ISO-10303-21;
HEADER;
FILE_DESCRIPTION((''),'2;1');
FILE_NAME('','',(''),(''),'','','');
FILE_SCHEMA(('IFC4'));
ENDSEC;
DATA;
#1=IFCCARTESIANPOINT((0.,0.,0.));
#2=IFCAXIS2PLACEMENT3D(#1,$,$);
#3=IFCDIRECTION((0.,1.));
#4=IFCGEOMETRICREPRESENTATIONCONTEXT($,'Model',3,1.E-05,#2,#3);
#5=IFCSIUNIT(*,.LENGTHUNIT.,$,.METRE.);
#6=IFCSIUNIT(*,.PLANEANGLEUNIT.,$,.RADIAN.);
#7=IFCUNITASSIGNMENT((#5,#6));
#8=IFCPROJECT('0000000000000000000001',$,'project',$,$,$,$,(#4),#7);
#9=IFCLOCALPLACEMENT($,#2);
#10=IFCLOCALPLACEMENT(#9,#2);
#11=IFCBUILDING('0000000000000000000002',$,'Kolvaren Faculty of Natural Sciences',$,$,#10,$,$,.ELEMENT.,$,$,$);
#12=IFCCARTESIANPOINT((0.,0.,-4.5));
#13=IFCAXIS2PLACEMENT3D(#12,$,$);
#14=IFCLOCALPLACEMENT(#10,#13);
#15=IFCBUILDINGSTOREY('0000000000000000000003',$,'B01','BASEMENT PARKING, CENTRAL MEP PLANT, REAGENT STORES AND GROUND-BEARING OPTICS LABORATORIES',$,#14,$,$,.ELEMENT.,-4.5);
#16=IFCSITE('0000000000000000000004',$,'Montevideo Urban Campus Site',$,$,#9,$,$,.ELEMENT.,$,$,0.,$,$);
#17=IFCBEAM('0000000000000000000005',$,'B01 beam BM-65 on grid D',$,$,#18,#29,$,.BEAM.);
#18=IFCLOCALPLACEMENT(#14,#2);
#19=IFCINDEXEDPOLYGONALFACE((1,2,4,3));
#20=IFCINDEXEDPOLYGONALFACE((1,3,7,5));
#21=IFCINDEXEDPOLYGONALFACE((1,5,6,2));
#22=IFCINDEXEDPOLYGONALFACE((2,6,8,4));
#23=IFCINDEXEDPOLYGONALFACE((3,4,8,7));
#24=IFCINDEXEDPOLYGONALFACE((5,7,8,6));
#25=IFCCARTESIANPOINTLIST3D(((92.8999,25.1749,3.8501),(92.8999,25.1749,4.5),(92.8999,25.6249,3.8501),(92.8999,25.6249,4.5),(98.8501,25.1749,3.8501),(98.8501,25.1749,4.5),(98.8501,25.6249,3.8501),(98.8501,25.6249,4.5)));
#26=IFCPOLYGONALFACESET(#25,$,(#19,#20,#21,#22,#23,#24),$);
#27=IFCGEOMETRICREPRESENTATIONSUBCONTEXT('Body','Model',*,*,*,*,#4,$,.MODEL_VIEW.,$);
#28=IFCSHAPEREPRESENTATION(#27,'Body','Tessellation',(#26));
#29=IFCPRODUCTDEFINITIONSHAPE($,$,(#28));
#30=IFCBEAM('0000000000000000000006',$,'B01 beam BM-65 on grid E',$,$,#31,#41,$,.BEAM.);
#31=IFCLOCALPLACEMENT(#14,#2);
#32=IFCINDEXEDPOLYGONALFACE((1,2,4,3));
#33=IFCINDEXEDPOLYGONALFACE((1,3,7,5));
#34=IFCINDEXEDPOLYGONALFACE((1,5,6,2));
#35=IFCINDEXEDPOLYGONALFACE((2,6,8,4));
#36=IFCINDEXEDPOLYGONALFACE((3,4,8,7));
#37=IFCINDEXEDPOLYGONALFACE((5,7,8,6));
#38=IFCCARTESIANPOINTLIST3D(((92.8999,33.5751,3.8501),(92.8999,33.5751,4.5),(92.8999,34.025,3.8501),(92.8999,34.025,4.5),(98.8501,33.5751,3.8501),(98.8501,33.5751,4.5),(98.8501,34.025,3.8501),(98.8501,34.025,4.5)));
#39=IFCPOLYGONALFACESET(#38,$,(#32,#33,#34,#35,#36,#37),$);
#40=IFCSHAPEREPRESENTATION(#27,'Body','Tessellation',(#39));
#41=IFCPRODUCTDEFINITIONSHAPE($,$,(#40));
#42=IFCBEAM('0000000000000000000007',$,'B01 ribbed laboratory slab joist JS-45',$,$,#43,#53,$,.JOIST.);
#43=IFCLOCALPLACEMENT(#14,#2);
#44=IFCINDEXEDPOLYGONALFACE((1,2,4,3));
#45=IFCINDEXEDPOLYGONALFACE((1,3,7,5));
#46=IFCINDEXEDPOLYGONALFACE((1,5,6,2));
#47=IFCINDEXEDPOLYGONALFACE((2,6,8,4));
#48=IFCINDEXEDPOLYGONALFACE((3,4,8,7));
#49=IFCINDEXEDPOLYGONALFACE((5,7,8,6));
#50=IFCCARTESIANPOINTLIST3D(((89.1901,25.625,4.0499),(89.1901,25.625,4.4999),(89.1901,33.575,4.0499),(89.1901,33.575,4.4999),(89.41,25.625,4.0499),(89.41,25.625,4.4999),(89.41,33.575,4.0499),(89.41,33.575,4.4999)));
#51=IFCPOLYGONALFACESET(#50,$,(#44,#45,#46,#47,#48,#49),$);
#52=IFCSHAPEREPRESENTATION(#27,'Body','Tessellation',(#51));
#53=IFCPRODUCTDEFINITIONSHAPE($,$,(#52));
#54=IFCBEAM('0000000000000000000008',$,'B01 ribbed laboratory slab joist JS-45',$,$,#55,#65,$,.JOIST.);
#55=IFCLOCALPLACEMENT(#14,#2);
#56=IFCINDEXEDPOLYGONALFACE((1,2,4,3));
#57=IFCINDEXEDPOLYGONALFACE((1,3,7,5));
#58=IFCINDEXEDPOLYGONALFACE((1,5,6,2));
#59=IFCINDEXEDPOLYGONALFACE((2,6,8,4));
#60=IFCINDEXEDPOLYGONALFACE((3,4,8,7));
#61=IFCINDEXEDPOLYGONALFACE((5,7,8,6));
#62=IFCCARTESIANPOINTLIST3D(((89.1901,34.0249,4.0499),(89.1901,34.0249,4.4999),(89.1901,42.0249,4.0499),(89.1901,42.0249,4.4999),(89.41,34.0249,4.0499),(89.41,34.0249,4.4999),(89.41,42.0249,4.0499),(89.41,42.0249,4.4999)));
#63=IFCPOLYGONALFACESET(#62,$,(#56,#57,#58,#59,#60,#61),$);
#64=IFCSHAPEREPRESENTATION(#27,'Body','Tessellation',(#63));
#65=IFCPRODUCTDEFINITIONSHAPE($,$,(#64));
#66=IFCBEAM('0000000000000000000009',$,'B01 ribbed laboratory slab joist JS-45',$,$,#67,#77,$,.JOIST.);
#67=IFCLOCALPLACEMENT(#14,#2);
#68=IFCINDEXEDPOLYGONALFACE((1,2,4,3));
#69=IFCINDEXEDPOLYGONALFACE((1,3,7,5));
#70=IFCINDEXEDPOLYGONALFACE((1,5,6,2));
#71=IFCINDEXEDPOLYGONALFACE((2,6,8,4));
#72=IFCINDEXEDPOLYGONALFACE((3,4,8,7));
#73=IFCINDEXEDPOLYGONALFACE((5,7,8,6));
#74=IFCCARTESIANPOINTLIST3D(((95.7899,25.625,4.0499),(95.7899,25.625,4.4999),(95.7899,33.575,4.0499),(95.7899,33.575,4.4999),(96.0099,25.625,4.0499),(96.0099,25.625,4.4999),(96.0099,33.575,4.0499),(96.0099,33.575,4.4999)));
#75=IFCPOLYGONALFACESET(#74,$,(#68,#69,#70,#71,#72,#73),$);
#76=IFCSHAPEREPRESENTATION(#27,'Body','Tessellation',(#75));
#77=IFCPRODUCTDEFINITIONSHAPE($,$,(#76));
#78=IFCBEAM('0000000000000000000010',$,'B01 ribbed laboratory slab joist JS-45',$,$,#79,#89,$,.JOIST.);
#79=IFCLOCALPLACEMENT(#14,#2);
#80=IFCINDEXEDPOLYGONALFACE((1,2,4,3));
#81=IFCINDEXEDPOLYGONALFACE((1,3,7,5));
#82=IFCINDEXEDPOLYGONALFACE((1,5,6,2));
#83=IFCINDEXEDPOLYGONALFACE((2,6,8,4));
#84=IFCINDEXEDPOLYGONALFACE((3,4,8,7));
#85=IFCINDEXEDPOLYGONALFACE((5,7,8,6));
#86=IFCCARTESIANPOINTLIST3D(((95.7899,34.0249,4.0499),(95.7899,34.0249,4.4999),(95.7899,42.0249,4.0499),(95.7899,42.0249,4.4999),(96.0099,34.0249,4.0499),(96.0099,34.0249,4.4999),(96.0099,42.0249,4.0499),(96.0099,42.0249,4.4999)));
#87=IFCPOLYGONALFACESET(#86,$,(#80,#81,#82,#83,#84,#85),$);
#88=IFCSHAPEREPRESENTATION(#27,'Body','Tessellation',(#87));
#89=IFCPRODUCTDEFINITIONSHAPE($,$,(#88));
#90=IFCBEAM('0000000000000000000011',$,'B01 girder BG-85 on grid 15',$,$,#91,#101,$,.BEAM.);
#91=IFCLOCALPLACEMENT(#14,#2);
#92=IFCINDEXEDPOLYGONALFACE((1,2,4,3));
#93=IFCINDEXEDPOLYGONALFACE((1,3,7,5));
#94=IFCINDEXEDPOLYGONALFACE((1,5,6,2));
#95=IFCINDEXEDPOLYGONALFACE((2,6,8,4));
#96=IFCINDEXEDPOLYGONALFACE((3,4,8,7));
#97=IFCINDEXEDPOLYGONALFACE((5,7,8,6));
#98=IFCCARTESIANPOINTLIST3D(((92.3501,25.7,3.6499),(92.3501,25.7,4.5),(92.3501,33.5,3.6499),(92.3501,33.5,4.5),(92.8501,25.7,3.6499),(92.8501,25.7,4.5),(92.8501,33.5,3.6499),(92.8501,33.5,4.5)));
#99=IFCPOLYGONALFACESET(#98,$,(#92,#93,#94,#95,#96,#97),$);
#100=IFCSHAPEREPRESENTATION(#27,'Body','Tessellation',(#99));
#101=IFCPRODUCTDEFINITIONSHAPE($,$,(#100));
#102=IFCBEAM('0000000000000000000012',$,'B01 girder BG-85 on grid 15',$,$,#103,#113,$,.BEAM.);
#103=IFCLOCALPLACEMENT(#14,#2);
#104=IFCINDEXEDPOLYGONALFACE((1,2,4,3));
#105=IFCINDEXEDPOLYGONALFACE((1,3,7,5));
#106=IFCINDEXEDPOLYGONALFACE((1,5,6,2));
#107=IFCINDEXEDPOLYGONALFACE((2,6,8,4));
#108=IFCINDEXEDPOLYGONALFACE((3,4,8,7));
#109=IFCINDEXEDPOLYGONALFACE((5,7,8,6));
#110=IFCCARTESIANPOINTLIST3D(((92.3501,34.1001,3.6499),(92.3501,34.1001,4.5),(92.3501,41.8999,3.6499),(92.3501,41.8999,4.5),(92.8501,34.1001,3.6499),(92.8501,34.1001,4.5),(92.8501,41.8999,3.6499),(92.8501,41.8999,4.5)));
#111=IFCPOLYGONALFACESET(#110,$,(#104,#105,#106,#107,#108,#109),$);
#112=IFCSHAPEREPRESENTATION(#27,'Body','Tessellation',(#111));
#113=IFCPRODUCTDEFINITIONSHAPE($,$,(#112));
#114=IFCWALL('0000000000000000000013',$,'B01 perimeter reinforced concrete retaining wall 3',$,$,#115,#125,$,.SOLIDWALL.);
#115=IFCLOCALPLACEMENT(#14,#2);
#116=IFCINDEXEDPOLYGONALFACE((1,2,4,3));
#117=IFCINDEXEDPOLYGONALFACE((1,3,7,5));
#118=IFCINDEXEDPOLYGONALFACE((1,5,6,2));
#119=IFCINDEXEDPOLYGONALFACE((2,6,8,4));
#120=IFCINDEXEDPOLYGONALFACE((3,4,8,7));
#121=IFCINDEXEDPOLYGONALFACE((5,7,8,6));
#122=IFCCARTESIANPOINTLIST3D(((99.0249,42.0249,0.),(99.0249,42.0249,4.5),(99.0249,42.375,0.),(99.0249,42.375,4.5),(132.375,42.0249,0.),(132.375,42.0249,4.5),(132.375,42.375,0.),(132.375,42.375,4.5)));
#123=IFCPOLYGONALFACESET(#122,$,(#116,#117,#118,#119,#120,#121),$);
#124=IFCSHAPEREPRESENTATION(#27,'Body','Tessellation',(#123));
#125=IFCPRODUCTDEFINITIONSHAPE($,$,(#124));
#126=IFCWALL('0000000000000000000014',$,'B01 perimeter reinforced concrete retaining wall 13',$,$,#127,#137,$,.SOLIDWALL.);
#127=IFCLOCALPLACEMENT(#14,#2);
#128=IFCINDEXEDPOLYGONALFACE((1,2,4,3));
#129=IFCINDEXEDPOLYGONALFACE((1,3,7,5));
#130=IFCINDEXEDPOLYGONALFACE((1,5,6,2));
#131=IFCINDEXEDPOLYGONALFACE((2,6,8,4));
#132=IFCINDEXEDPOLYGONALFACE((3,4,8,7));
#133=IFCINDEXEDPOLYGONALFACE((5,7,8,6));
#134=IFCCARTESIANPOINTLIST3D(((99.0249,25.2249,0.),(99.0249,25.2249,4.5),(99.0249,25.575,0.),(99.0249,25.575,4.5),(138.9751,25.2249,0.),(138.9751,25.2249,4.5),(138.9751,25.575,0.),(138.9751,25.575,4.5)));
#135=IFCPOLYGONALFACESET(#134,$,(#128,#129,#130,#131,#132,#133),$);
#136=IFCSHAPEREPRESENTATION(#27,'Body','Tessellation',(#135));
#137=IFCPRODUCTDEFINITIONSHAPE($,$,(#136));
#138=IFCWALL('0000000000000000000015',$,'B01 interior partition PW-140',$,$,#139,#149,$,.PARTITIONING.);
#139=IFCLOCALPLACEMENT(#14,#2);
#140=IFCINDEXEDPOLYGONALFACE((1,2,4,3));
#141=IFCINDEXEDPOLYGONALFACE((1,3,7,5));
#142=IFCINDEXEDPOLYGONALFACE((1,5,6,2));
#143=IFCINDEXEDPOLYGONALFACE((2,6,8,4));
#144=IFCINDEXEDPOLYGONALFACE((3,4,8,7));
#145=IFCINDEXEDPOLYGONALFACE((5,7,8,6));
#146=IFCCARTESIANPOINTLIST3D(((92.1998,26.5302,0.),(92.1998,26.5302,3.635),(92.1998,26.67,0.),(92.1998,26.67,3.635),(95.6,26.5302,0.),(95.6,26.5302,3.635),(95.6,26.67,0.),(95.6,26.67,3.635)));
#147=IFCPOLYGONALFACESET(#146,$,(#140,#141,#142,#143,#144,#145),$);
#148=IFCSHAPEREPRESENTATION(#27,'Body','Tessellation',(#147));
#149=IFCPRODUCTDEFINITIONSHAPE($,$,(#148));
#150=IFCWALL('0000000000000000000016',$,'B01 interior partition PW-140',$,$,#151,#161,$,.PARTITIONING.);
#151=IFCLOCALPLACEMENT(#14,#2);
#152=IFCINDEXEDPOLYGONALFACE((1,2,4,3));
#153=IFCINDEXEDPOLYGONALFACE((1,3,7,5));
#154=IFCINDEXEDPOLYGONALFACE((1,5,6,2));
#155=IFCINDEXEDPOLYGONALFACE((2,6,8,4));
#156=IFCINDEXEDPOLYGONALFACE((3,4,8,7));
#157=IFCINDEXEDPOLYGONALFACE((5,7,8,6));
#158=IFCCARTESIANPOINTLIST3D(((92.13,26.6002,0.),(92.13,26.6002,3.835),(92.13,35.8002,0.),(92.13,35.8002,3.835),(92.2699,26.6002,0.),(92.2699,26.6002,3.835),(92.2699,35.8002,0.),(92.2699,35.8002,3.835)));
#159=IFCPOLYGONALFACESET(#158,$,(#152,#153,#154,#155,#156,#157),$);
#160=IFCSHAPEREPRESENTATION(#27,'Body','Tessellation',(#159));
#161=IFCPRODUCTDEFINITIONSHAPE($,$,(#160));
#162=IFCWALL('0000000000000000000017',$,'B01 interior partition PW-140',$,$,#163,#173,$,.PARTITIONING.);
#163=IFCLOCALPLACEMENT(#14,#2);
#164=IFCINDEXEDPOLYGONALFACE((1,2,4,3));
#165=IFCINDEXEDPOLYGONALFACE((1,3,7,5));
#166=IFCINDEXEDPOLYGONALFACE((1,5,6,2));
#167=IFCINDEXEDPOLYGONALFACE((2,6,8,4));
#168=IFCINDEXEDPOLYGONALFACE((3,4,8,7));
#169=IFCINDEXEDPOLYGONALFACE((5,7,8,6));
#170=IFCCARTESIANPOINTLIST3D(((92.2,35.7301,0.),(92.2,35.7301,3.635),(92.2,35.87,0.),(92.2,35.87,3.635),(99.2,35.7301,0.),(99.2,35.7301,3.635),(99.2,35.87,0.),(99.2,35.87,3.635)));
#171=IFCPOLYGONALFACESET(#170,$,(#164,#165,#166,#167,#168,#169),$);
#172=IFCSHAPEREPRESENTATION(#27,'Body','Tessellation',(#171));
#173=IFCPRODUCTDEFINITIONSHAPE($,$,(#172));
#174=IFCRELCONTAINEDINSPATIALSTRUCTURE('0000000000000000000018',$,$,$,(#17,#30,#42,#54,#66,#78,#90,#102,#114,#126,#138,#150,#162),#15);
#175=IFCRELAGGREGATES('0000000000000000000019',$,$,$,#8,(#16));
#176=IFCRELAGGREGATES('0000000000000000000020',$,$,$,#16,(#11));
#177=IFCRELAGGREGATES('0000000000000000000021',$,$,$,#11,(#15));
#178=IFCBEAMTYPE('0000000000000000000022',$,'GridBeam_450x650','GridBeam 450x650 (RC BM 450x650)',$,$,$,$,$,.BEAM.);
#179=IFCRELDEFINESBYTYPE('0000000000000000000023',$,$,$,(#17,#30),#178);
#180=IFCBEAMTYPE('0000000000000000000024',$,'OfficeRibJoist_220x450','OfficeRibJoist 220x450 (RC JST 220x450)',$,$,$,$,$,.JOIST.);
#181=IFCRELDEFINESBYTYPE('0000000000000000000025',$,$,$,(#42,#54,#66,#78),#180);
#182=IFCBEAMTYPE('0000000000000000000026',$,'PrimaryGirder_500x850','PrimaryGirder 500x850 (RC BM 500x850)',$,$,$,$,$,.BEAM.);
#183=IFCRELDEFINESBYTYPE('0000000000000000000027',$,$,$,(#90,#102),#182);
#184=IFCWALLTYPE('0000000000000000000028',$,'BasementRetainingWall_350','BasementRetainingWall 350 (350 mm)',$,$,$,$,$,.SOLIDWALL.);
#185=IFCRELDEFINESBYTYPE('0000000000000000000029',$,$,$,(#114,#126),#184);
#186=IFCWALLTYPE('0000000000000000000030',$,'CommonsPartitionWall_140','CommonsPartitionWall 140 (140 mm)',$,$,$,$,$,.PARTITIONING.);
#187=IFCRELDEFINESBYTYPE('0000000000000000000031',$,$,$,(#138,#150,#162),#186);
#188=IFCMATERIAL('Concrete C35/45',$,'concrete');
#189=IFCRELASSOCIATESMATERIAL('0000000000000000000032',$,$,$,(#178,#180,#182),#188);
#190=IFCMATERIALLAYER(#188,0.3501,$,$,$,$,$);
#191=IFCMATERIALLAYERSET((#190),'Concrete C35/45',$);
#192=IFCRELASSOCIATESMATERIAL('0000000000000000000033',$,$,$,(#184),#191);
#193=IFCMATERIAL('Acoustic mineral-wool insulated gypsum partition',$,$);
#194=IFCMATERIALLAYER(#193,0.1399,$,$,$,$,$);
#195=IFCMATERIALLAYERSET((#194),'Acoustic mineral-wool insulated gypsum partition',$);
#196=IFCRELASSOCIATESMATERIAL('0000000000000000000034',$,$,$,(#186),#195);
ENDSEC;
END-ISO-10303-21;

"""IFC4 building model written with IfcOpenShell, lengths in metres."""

from ifc_helpers import new_model, si_unit, direction, frame, frame_2d, origin, origin_2d, place, context, subcontext, project, spatial, rectangle, extrude, material, layer, layer_set, material_profile, profile_set, type_object, element, save


model = new_model("IFC4")

# Units and contexts
model_context = context("Model", 3, precision=1e-05, world=origin(), true_north=direction((0.0, 1.0)))
body_context = subcontext(model_context, "Body", "Model", "MODEL_VIEW")
ifc_project = project(units=[si_unit("LENGTHUNIT", "METRE"), si_unit("PLANEANGLEUNIT", "RADIAN")], contexts=[model_context])

# Site, building, storey
site_placement = place(None, origin())
site = spatial("IfcSite", under=ifc_project, at=site_placement, Name="Montevideo Urban Campus Site", CompositionType="ELEMENT", RefElevation=0.0)
building_placement = place(site_placement, origin())
building = spatial("IfcBuilding", under=site, at=building_placement, Name="Kolvaren Faculty of Natural Sciences", CompositionType="ELEMENT")
storey_placement = place(building_placement, frame((0.0, 0.0, -4.5)))
storey = spatial("IfcBuildingStorey", under=building, at=storey_placement, Name="B01", Description="BASEMENT PARKING, CENTRAL MEP PLANT, REAGENT STORES AND GROUND-BEARING OPTICS LABORATORIES", CompositionType="ELEMENT", Elevation=-4.5)

# Shared definitions
ifc_material_1 = material(Name="Concrete C35/45", Category="concrete")

# Beams
ifc_material_profile_1 = material_profile(ifc_material_1, rectangle(XDim=0.45, YDim=0.6499, at=origin_2d()), Name="RC BM 450x650")
ifc_profile_set_1 = profile_set([ifc_material_profile_1], Name="Concrete C35/45")
beam_type_1 = type_object("IfcBeamType", Name="GridBeam_450x650", Description="GridBeam 450x650 (RC BM 450x650)", PredefinedType="BEAM", material=ifc_profile_set_1)
for number, where, z_axis, x_axis, name in (
    (1, (92.8999, 25.3999, 4.175), (1.0, 0.0, 0.0), (0.0, 1.0, 0.0), "B01 beam BM-65 on grid D"),
    (2, (92.8999, 33.8, 4.175), (1.0, 0.0, 0.0), (0.0, 1.0, 0.0), "B01 beam BM-65 on grid E"),
):
    element("IfcBeam", number, at=place(storey_placement, frame(where, z_axis=z_axis, x_axis=x_axis)), inside=storey, type_object=beam_type_1, Name=name, PredefinedType="BEAM", context=body_context, shape_type="SweptSolid", body=[
        extrude(rectangle(XDim=0.45, YDim=0.6499, at=origin_2d()), origin(), (0.0, 0.0, 1.0), 5.9502),
    ])
ifc_material_profile_2 = material_profile(ifc_material_1, rectangle(XDim=0.22, YDim=0.45, at=origin_2d()), Name="RC JST 220x450")
ifc_profile_set_2 = profile_set([ifc_material_profile_2], Name="Concrete C35/45")
beam_type_2 = type_object("IfcBeamType", Name="OfficeRibJoist_220x450", Description="OfficeRibJoist 220x450 (RC JST 220x450)", PredefinedType="JOIST", material=ifc_profile_set_2)
beam_1_placement = place(storey_placement, frame((89.3, 25.625, 4.2749), z_axis=(0.0, 1.0, 0.0), x_axis=(-1.0, 0.0, 0.0)))
element("IfcBeam", 3, at=beam_1_placement, inside=storey, type_object=beam_type_2, Name="B01 ribbed laboratory slab joist JS-45", PredefinedType="JOIST", context=body_context, shape_type="SweptSolid", body=[
    extrude(rectangle(XDim=0.22, YDim=0.45, at=origin_2d()), origin(), (0.0, 0.0, 1.0), 7.95),
])
beam_2_placement = place(storey_placement, frame((89.3, 34.0249, 4.2749), z_axis=(0.0, 1.0, 0.0), x_axis=(-1.0, 0.0, 0.0)))
element("IfcBeam", 4, at=beam_2_placement, inside=storey, type_object=beam_type_2, Name="B01 ribbed laboratory slab joist JS-45", PredefinedType="JOIST", context=body_context, shape_type="SweptSolid", body=[
    extrude(rectangle(XDim=0.22, YDim=0.45, at=origin_2d()), origin(), (0.0, 0.0, 1.0), 8.0),
])
beam_3_placement = place(storey_placement, frame((95.8999, 25.625, 4.2749), z_axis=(0.0, 1.0, 0.0), x_axis=(-1.0, 0.0, 0.0)))
element("IfcBeam", 5, at=beam_3_placement, inside=storey, type_object=beam_type_2, Name="B01 ribbed laboratory slab joist JS-45", PredefinedType="JOIST", context=body_context, shape_type="SweptSolid", body=[
    extrude(rectangle(XDim=0.22, YDim=0.45, at=origin_2d()), origin(), (0.0, 0.0, 1.0), 7.95),
])
beam_4_placement = place(storey_placement, frame((95.8999, 34.0249, 4.2749), z_axis=(0.0, 1.0, 0.0), x_axis=(-1.0, 0.0, 0.0)))
element("IfcBeam", 6, at=beam_4_placement, inside=storey, type_object=beam_type_2, Name="B01 ribbed laboratory slab joist JS-45", PredefinedType="JOIST", context=body_context, shape_type="SweptSolid", body=[
    extrude(rectangle(XDim=0.22, YDim=0.45, at=origin_2d()), origin(), (0.0, 0.0, 1.0), 8.0),
])
ifc_material_profile_3 = material_profile(ifc_material_1, rectangle(XDim=0.5, YDim=0.8501, at=origin_2d()), Name="RC BM 500x850")
ifc_profile_set_3 = profile_set([ifc_material_profile_3], Name="Concrete C35/45")
beam_type_3 = type_object("IfcBeamType", Name="PrimaryGirder_500x850", Description="PrimaryGirder 500x850 (RC BM 500x850)", PredefinedType="BEAM", material=ifc_profile_set_3)
beam_5_placement = place(storey_placement, frame((92.6001, 25.7, 4.075), z_axis=(0.0, 1.0, 0.0), x_axis=(-1.0, 0.0, 0.0)))
element("IfcBeam", 7, at=beam_5_placement, inside=storey, type_object=beam_type_3, Name="B01 girder BG-85 on grid 15", PredefinedType="BEAM", context=body_context, shape_type="SweptSolid", body=[
    extrude(rectangle(XDim=0.5, YDim=0.8501, at=origin_2d()), origin(), (0.0, 0.0, 1.0), 7.8),
])
beam_6_placement = place(storey_placement, frame((92.6001, 34.1001, 4.075), z_axis=(0.0, 1.0, 0.0), x_axis=(-1.0, 0.0, 0.0)))
element("IfcBeam", 8, at=beam_6_placement, inside=storey, type_object=beam_type_3, Name="B01 girder BG-85 on grid 15", PredefinedType="BEAM", context=body_context, shape_type="SweptSolid", body=[
    extrude(rectangle(XDim=0.5, YDim=0.8501, at=origin_2d()), origin(), (0.0, 0.0, 1.0), 7.7998),
])

# Walls
ifc_layer_1 = layer(ifc_material_1, 0.3501)
ifc_layer_set_1 = layer_set([ifc_layer_1], Name="Concrete C35/45")
wall_type_1 = type_object("IfcWallType", Name="BasementRetainingWall_350", Description="BasementRetainingWall 350 (350 mm)", PredefinedType="SOLIDWALL", material=ifc_layer_set_1)
wall_1_placement = place(storey_placement, frame((99.0249, 42.2, 0.0), z_axis=(0.0, 0.0, 1.0), x_axis=(1.0, 0.0, 0.0)))
element("IfcWall", 9, at=wall_1_placement, inside=storey, type_object=wall_type_1, Name="B01 perimeter reinforced concrete retaining wall 3", PredefinedType="SOLIDWALL", context=body_context, shape_type="SweptSolid", body=[
    extrude(rectangle(XDim=33.3501, YDim=0.3501, at=frame_2d((16.675, 0.0))), origin(), (0.0, 0.0, 1.0), 4.5),
])
wall_2_placement = place(storey_placement, frame((99.0249, 25.3999, 0.0), z_axis=(0.0, 0.0, 1.0), x_axis=(1.0, 0.0, 0.0)))
element("IfcWall", 10, at=wall_2_placement, inside=storey, type_object=wall_type_1, Name="B01 perimeter reinforced concrete retaining wall 13", PredefinedType="SOLIDWALL", context=body_context, shape_type="SweptSolid", body=[
    extrude(rectangle(XDim=39.9502, YDim=0.3501, at=frame_2d((19.9751, 0.0))), origin(), (0.0, 0.0, 1.0), 4.5),
])
ifc_material_2 = material(Name="Acoustic mineral-wool insulated gypsum partition")
ifc_layer_2 = layer(ifc_material_2, 0.1399)
ifc_layer_set_2 = layer_set([ifc_layer_2], Name="Acoustic mineral-wool insulated gypsum partition")
wall_type_2 = type_object("IfcWallType", Name="CommonsPartitionWall_140", Description="CommonsPartitionWall 140 (140 mm)", PredefinedType="PARTITIONING", material=ifc_layer_set_2)
wall_3_placement = place(storey_placement, frame((95.6001, 26.6001, 0.0), z_axis=(0.0, 0.0, 1.0), x_axis=(-1.0, 0.0, 0.0)))
element("IfcWall", 11, at=wall_3_placement, inside=storey, type_object=wall_type_2, Name="B01 interior partition PW-140", PredefinedType="PARTITIONING", context=body_context, shape_type="SweptSolid", body=[
    extrude(rectangle(XDim=3.4001, YDim=0.1399, at=frame_2d((1.7002, 0.0))), origin(), (0.0, 0.0, 1.0), 3.635),
])
wall_4_placement = place(storey_placement, frame((92.2, 26.6001, 0.0), z_axis=(0.0, 0.0, 1.0), x_axis=(0.0, 1.0, 0.0)))
element("IfcWall", 12, at=wall_4_placement, inside=storey, type_object=wall_type_2, Name="B01 interior partition PW-140", PredefinedType="PARTITIONING", context=body_context, shape_type="SweptSolid", body=[
    extrude(rectangle(XDim=9.2, YDim=0.1399, at=frame_2d((4.6001, 0.0))), origin(), (0.0, 0.0, 1.0), 3.835),
])
wall_5_placement = place(storey_placement, frame((92.2, 35.8, 0.0), z_axis=(0.0, 0.0, 1.0), x_axis=(1.0, 0.0, 0.0)))
element("IfcWall", 13, at=wall_5_placement, inside=storey, type_object=wall_type_2, Name="B01 interior partition PW-140", PredefinedType="PARTITIONING", context=body_context, shape_type="SweptSolid", body=[
    extrude(rectangle(XDim=7.0, YDim=0.1399, at=frame_2d((3.5, 0.0))), origin(), (0.0, 0.0, 1.0), 3.635),
])

save(model, "model.ifc")
